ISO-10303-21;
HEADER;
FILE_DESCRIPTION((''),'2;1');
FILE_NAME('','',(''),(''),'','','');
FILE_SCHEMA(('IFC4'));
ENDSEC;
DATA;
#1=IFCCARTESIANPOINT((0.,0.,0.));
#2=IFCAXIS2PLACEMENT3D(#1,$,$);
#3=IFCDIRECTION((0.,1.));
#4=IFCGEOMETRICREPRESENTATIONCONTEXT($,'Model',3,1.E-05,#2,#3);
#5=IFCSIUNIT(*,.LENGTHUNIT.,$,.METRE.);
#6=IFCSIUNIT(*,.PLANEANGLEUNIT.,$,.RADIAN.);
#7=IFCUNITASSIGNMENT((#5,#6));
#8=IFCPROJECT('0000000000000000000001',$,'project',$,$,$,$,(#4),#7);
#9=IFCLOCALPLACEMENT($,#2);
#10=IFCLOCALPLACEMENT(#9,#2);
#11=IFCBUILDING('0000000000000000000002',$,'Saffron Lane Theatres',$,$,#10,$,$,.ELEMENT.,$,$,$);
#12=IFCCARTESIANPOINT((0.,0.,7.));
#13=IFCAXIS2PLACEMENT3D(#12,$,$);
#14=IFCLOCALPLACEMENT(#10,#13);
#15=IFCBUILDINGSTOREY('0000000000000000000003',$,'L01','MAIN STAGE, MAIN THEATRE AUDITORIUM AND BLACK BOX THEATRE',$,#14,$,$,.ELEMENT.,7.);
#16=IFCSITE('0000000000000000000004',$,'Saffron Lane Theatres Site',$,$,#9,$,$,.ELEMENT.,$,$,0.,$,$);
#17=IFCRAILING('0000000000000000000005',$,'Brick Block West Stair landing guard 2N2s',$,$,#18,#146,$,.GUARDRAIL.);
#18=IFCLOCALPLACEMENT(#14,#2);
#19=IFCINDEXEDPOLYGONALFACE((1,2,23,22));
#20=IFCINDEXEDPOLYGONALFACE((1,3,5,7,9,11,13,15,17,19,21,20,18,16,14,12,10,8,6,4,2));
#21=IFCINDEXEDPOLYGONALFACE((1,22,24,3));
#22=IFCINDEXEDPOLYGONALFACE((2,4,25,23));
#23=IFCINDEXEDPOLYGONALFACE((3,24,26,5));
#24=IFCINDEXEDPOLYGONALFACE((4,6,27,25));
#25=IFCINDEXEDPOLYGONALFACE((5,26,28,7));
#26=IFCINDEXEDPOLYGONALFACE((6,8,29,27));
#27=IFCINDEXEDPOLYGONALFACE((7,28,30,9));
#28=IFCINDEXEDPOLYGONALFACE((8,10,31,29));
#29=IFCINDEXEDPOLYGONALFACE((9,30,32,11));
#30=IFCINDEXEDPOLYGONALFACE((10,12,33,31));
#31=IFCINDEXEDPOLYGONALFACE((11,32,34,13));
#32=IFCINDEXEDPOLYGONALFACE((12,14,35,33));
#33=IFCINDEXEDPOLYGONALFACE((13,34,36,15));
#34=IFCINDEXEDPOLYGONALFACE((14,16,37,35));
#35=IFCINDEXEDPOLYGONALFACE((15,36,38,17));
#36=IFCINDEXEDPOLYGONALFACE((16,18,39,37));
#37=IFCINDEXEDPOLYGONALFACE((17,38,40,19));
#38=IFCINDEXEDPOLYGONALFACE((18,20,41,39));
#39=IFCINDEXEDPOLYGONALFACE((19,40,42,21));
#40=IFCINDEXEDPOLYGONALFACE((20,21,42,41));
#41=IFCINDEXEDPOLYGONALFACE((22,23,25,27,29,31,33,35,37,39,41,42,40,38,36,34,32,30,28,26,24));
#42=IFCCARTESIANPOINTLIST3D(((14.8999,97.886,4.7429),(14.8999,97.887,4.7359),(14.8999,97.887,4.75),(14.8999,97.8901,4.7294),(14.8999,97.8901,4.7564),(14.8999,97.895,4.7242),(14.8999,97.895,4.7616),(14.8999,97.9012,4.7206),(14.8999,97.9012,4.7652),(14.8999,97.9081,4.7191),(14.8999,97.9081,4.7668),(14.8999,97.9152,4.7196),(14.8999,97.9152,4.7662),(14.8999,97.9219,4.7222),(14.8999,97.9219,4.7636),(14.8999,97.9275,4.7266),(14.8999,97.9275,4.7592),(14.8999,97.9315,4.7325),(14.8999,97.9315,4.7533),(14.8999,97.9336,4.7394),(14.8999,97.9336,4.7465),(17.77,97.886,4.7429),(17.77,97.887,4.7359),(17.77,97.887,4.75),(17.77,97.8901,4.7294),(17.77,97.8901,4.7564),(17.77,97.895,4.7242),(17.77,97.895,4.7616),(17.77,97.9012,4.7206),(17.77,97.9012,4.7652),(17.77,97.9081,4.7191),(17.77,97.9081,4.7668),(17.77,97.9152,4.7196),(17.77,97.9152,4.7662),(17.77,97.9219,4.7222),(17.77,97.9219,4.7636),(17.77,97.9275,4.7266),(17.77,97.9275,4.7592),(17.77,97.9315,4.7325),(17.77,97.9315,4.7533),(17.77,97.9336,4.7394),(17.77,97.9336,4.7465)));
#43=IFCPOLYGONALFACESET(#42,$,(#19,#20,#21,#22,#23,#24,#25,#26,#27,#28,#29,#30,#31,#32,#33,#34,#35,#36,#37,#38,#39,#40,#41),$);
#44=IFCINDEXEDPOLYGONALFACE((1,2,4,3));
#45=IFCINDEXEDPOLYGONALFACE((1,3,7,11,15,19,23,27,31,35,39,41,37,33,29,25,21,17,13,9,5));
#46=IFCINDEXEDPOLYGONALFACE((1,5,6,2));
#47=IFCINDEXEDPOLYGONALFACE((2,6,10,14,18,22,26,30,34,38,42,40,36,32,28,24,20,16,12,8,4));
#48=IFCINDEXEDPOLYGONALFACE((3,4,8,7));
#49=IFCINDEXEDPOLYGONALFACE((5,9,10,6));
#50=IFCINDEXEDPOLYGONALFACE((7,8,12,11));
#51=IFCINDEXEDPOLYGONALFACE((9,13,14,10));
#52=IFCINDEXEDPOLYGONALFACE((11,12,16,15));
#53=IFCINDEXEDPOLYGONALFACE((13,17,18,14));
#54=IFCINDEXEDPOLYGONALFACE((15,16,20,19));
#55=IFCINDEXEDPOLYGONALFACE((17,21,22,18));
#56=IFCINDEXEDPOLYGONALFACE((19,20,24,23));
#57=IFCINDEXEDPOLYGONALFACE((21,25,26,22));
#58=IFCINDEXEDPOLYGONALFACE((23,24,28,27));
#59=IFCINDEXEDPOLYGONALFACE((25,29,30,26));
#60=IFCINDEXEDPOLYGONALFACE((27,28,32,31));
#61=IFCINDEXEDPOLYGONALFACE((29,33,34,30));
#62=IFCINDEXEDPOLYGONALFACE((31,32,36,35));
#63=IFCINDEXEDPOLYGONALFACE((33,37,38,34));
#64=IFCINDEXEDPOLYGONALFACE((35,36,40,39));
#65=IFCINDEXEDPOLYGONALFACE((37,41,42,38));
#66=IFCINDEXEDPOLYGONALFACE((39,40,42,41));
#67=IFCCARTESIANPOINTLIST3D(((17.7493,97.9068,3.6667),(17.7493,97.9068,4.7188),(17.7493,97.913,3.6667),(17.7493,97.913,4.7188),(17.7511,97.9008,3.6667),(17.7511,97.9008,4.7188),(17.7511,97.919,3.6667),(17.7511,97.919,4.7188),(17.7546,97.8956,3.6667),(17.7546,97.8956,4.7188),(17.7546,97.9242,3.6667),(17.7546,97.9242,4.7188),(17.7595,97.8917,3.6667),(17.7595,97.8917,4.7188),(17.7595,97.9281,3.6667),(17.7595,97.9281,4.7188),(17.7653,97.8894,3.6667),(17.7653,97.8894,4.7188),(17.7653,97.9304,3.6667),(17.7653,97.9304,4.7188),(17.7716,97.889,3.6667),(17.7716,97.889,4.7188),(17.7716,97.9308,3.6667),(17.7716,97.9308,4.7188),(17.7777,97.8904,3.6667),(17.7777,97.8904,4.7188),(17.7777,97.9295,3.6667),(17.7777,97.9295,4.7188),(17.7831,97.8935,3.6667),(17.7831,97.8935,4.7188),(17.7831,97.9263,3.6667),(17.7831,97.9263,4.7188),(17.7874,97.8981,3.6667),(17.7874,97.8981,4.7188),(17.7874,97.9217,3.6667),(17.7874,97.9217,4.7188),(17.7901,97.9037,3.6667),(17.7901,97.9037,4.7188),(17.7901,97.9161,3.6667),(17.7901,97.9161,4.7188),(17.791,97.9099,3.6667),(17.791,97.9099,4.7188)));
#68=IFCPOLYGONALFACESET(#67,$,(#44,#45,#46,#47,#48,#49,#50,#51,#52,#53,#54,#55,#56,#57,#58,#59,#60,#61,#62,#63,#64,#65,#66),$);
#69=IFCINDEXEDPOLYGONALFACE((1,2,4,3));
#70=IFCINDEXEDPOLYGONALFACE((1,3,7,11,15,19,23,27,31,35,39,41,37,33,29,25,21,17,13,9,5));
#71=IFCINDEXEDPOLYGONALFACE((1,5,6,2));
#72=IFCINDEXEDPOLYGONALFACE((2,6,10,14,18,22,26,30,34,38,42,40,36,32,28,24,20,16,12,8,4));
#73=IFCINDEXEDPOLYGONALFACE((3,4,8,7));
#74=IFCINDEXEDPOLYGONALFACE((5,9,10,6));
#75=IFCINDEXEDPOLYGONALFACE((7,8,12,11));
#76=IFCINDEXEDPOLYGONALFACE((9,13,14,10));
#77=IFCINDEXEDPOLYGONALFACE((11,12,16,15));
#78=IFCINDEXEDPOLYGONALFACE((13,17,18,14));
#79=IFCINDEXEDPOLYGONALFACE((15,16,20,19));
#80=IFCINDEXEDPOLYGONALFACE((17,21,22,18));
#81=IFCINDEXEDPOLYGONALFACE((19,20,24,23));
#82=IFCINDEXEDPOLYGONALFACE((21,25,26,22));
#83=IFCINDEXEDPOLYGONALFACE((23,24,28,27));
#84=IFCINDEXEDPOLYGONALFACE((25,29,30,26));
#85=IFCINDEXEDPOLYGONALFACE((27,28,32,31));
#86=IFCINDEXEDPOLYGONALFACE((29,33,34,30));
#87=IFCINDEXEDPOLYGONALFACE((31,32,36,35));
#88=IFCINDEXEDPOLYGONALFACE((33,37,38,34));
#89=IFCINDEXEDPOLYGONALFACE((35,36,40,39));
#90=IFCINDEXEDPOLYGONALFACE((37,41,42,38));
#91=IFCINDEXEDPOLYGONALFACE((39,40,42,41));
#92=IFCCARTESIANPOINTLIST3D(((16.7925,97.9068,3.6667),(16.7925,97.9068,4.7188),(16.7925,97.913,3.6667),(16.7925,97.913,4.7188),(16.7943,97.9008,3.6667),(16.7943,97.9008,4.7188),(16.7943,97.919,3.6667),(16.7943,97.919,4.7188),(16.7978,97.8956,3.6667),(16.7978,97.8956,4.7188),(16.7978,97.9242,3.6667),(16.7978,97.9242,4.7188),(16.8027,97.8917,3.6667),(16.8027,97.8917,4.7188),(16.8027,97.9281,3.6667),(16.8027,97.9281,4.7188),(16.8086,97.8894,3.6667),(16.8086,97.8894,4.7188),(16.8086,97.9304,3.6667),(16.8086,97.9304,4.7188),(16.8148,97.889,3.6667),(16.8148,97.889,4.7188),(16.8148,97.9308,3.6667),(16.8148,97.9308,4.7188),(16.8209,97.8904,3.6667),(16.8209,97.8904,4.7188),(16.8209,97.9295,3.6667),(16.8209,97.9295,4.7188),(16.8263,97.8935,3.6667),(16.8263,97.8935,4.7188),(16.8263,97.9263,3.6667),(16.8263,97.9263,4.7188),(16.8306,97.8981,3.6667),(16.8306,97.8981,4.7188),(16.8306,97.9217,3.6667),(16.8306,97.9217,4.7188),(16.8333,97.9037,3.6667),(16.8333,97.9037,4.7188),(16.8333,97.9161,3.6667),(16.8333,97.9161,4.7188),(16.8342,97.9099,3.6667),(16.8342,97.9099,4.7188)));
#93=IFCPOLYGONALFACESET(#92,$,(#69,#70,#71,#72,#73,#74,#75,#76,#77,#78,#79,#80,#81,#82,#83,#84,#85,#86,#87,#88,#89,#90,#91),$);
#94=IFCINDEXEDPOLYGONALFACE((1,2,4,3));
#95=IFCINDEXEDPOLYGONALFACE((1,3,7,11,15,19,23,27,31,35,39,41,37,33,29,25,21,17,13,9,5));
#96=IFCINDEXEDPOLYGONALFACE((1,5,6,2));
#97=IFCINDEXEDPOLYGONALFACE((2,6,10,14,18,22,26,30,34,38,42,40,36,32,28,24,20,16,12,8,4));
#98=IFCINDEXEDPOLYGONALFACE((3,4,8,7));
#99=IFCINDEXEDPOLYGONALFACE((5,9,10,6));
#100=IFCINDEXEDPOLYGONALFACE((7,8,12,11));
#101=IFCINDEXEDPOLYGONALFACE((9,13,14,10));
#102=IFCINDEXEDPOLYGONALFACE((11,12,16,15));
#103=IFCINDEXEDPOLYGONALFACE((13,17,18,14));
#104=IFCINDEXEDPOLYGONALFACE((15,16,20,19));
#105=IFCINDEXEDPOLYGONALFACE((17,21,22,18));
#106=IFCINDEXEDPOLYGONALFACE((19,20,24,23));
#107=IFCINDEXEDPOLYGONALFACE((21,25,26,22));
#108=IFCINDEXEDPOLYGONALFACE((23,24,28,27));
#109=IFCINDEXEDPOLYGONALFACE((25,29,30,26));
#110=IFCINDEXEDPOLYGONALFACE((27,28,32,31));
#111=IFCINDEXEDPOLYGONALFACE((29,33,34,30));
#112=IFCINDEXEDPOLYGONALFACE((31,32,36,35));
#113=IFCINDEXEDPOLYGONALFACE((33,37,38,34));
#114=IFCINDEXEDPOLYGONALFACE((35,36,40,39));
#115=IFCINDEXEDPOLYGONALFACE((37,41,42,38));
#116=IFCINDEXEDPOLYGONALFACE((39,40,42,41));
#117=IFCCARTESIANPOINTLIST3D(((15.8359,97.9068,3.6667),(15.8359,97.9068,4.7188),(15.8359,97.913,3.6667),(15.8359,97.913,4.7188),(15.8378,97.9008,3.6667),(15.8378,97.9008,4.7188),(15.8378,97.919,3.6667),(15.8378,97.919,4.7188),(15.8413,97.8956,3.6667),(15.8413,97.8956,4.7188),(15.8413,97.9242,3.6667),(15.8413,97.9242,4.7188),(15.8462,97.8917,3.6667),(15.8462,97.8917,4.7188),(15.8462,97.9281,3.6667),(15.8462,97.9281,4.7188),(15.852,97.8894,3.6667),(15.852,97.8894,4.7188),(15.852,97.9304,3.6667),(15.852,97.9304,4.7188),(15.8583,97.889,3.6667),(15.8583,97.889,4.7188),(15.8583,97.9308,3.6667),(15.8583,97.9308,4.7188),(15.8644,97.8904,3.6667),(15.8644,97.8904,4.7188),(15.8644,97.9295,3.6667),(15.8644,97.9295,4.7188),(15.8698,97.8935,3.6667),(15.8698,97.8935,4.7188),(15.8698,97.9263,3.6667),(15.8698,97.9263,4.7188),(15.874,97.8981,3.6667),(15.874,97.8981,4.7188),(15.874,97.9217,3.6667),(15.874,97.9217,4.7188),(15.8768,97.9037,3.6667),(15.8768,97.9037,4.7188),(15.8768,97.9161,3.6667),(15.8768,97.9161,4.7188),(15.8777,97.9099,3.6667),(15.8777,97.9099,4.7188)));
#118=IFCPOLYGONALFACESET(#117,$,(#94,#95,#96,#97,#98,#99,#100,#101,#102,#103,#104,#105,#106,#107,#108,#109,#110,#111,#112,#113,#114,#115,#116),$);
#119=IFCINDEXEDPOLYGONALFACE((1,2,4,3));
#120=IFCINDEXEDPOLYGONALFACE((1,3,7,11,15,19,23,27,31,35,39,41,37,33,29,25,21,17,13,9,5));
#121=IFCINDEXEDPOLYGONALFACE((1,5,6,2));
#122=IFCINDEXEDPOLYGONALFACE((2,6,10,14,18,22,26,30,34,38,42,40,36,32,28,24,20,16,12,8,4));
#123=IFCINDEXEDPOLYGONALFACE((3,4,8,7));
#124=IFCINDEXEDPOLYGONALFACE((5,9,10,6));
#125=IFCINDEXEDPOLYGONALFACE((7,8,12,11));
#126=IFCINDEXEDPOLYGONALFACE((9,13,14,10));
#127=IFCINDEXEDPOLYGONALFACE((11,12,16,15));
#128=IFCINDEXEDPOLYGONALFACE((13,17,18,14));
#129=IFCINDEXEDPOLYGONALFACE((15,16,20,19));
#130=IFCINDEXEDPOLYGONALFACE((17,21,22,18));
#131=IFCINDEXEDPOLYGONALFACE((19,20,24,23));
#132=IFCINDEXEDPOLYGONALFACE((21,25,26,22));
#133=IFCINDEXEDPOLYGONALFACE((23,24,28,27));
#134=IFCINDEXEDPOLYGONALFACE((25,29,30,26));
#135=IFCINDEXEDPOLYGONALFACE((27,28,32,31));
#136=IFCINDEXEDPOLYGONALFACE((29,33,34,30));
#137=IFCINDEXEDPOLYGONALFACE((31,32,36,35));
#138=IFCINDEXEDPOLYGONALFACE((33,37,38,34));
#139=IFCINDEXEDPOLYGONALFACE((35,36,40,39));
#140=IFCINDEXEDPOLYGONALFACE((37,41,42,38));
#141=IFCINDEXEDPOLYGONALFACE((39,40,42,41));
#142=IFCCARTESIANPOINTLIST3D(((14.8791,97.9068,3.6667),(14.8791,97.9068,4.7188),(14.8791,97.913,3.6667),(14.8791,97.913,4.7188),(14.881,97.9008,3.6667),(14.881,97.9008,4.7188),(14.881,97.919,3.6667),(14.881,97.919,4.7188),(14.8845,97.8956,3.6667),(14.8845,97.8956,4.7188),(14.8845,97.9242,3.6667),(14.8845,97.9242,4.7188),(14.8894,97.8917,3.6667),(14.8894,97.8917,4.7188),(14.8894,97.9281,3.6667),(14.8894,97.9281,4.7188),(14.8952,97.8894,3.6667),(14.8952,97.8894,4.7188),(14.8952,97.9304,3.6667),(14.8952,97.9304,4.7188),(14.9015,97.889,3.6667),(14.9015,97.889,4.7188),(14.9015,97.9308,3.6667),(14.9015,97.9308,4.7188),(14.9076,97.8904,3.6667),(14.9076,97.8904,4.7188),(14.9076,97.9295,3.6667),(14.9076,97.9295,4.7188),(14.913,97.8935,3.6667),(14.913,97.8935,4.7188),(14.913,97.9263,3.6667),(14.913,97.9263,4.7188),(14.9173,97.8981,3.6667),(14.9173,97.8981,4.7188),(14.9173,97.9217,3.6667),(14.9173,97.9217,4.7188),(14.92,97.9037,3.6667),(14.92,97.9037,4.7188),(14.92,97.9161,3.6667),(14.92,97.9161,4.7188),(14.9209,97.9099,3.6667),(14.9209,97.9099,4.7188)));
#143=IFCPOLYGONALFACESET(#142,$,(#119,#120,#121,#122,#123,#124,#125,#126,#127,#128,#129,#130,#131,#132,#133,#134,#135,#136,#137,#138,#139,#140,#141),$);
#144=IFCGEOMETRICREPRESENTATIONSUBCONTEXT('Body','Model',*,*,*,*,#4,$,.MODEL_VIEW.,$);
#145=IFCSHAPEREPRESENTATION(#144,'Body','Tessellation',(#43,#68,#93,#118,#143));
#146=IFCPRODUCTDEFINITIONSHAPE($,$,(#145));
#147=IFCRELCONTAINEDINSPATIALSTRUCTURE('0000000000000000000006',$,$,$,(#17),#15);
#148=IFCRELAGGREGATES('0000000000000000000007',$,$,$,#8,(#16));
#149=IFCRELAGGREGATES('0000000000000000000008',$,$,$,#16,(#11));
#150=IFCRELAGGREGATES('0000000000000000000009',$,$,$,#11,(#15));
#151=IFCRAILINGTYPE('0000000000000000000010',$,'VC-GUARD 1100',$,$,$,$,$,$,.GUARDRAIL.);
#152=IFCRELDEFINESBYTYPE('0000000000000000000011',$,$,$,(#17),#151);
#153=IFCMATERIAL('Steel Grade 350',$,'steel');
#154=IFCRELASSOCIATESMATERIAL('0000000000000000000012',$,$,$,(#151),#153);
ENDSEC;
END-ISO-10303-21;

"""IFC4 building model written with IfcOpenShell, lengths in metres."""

from ifc_helpers import new_model, si_unit, direction, frame, origin, origin_2d, place, context, subcontext, project, spatial, circle, extrude, material, type_object, element, save


model = new_model("IFC4")

# Units and contexts
model_context = context("Model", 3, precision=1e-05, world=origin(), true_north=direction((0.0, 1.0)))
body_context = subcontext(model_context, "Body", "Model", "MODEL_VIEW")
ifc_project = project(units=[si_unit("LENGTHUNIT", "METRE"), si_unit("PLANEANGLEUNIT", "RADIAN")], contexts=[model_context])

# Site, building, storey
site_placement = place(None, origin())
site = spatial("IfcSite", under=ifc_project, at=site_placement, Name="Saffron Lane Theatres Site", CompositionType="ELEMENT", RefElevation=0.0)
building_placement = place(site_placement, origin())
building = spatial("IfcBuilding", under=site, at=building_placement, Name="Saffron Lane Theatres", CompositionType="ELEMENT")
storey_placement = place(building_placement, frame((0.0, 0.0, 7.0)))
storey = spatial("IfcBuildingStorey", under=building, at=storey_placement, Name="L01", Description="MAIN STAGE, MAIN THEATRE AUDITORIUM AND BLACK BOX THEATRE", CompositionType="ELEMENT", Elevation=7.0)

# Railing
ifc_material_1 = material(Name="Steel Grade 350", Category="steel")
railing_type_1 = type_object("IfcRailingType", Name="VC-GUARD 1100", PredefinedType="GUARDRAIL", material=ifc_material_1)
railing_1_placement = place(storey_placement, frame((17.77, 97.9099, 3.6667)))
element("IfcRailing", 1, at=railing_1_placement, inside=storey, type_object=railing_type_1, Name="Brick Block West Stair landing guard 2N2s", PredefinedType="GUARDRAIL", context=body_context, shape_type="SweptSolid", body=[
    extrude(circle(Radius=0.0239, at=origin_2d()), frame((0.0, 0.0, 1.0762), z_axis=(-1.0, 0.0, 0.0), x_axis=(0.0, -1.0, 0.0)), (0.0, 0.0, 1.0), 2.8701),
    extrude(circle(Radius=0.021, at=origin_2d()), origin(), (0.0, 0.0, 1.0), 1.052),
    extrude(circle(Radius=0.021, at=origin_2d()), frame((-0.9568, 0.0, 0.0)), (0.0, 0.0, 1.0), 1.052),
    extrude(circle(Radius=0.021, at=origin_2d()), frame((-1.9133, 0.0, 0.0)), (0.0, 0.0, 1.0), 1.052),
    extrude(circle(Radius=0.021, at=origin_2d()), frame((-2.8701, 0.0, 0.0)), (0.0, 0.0, 1.0), 1.052),
])

save(model, "model.ifc")
